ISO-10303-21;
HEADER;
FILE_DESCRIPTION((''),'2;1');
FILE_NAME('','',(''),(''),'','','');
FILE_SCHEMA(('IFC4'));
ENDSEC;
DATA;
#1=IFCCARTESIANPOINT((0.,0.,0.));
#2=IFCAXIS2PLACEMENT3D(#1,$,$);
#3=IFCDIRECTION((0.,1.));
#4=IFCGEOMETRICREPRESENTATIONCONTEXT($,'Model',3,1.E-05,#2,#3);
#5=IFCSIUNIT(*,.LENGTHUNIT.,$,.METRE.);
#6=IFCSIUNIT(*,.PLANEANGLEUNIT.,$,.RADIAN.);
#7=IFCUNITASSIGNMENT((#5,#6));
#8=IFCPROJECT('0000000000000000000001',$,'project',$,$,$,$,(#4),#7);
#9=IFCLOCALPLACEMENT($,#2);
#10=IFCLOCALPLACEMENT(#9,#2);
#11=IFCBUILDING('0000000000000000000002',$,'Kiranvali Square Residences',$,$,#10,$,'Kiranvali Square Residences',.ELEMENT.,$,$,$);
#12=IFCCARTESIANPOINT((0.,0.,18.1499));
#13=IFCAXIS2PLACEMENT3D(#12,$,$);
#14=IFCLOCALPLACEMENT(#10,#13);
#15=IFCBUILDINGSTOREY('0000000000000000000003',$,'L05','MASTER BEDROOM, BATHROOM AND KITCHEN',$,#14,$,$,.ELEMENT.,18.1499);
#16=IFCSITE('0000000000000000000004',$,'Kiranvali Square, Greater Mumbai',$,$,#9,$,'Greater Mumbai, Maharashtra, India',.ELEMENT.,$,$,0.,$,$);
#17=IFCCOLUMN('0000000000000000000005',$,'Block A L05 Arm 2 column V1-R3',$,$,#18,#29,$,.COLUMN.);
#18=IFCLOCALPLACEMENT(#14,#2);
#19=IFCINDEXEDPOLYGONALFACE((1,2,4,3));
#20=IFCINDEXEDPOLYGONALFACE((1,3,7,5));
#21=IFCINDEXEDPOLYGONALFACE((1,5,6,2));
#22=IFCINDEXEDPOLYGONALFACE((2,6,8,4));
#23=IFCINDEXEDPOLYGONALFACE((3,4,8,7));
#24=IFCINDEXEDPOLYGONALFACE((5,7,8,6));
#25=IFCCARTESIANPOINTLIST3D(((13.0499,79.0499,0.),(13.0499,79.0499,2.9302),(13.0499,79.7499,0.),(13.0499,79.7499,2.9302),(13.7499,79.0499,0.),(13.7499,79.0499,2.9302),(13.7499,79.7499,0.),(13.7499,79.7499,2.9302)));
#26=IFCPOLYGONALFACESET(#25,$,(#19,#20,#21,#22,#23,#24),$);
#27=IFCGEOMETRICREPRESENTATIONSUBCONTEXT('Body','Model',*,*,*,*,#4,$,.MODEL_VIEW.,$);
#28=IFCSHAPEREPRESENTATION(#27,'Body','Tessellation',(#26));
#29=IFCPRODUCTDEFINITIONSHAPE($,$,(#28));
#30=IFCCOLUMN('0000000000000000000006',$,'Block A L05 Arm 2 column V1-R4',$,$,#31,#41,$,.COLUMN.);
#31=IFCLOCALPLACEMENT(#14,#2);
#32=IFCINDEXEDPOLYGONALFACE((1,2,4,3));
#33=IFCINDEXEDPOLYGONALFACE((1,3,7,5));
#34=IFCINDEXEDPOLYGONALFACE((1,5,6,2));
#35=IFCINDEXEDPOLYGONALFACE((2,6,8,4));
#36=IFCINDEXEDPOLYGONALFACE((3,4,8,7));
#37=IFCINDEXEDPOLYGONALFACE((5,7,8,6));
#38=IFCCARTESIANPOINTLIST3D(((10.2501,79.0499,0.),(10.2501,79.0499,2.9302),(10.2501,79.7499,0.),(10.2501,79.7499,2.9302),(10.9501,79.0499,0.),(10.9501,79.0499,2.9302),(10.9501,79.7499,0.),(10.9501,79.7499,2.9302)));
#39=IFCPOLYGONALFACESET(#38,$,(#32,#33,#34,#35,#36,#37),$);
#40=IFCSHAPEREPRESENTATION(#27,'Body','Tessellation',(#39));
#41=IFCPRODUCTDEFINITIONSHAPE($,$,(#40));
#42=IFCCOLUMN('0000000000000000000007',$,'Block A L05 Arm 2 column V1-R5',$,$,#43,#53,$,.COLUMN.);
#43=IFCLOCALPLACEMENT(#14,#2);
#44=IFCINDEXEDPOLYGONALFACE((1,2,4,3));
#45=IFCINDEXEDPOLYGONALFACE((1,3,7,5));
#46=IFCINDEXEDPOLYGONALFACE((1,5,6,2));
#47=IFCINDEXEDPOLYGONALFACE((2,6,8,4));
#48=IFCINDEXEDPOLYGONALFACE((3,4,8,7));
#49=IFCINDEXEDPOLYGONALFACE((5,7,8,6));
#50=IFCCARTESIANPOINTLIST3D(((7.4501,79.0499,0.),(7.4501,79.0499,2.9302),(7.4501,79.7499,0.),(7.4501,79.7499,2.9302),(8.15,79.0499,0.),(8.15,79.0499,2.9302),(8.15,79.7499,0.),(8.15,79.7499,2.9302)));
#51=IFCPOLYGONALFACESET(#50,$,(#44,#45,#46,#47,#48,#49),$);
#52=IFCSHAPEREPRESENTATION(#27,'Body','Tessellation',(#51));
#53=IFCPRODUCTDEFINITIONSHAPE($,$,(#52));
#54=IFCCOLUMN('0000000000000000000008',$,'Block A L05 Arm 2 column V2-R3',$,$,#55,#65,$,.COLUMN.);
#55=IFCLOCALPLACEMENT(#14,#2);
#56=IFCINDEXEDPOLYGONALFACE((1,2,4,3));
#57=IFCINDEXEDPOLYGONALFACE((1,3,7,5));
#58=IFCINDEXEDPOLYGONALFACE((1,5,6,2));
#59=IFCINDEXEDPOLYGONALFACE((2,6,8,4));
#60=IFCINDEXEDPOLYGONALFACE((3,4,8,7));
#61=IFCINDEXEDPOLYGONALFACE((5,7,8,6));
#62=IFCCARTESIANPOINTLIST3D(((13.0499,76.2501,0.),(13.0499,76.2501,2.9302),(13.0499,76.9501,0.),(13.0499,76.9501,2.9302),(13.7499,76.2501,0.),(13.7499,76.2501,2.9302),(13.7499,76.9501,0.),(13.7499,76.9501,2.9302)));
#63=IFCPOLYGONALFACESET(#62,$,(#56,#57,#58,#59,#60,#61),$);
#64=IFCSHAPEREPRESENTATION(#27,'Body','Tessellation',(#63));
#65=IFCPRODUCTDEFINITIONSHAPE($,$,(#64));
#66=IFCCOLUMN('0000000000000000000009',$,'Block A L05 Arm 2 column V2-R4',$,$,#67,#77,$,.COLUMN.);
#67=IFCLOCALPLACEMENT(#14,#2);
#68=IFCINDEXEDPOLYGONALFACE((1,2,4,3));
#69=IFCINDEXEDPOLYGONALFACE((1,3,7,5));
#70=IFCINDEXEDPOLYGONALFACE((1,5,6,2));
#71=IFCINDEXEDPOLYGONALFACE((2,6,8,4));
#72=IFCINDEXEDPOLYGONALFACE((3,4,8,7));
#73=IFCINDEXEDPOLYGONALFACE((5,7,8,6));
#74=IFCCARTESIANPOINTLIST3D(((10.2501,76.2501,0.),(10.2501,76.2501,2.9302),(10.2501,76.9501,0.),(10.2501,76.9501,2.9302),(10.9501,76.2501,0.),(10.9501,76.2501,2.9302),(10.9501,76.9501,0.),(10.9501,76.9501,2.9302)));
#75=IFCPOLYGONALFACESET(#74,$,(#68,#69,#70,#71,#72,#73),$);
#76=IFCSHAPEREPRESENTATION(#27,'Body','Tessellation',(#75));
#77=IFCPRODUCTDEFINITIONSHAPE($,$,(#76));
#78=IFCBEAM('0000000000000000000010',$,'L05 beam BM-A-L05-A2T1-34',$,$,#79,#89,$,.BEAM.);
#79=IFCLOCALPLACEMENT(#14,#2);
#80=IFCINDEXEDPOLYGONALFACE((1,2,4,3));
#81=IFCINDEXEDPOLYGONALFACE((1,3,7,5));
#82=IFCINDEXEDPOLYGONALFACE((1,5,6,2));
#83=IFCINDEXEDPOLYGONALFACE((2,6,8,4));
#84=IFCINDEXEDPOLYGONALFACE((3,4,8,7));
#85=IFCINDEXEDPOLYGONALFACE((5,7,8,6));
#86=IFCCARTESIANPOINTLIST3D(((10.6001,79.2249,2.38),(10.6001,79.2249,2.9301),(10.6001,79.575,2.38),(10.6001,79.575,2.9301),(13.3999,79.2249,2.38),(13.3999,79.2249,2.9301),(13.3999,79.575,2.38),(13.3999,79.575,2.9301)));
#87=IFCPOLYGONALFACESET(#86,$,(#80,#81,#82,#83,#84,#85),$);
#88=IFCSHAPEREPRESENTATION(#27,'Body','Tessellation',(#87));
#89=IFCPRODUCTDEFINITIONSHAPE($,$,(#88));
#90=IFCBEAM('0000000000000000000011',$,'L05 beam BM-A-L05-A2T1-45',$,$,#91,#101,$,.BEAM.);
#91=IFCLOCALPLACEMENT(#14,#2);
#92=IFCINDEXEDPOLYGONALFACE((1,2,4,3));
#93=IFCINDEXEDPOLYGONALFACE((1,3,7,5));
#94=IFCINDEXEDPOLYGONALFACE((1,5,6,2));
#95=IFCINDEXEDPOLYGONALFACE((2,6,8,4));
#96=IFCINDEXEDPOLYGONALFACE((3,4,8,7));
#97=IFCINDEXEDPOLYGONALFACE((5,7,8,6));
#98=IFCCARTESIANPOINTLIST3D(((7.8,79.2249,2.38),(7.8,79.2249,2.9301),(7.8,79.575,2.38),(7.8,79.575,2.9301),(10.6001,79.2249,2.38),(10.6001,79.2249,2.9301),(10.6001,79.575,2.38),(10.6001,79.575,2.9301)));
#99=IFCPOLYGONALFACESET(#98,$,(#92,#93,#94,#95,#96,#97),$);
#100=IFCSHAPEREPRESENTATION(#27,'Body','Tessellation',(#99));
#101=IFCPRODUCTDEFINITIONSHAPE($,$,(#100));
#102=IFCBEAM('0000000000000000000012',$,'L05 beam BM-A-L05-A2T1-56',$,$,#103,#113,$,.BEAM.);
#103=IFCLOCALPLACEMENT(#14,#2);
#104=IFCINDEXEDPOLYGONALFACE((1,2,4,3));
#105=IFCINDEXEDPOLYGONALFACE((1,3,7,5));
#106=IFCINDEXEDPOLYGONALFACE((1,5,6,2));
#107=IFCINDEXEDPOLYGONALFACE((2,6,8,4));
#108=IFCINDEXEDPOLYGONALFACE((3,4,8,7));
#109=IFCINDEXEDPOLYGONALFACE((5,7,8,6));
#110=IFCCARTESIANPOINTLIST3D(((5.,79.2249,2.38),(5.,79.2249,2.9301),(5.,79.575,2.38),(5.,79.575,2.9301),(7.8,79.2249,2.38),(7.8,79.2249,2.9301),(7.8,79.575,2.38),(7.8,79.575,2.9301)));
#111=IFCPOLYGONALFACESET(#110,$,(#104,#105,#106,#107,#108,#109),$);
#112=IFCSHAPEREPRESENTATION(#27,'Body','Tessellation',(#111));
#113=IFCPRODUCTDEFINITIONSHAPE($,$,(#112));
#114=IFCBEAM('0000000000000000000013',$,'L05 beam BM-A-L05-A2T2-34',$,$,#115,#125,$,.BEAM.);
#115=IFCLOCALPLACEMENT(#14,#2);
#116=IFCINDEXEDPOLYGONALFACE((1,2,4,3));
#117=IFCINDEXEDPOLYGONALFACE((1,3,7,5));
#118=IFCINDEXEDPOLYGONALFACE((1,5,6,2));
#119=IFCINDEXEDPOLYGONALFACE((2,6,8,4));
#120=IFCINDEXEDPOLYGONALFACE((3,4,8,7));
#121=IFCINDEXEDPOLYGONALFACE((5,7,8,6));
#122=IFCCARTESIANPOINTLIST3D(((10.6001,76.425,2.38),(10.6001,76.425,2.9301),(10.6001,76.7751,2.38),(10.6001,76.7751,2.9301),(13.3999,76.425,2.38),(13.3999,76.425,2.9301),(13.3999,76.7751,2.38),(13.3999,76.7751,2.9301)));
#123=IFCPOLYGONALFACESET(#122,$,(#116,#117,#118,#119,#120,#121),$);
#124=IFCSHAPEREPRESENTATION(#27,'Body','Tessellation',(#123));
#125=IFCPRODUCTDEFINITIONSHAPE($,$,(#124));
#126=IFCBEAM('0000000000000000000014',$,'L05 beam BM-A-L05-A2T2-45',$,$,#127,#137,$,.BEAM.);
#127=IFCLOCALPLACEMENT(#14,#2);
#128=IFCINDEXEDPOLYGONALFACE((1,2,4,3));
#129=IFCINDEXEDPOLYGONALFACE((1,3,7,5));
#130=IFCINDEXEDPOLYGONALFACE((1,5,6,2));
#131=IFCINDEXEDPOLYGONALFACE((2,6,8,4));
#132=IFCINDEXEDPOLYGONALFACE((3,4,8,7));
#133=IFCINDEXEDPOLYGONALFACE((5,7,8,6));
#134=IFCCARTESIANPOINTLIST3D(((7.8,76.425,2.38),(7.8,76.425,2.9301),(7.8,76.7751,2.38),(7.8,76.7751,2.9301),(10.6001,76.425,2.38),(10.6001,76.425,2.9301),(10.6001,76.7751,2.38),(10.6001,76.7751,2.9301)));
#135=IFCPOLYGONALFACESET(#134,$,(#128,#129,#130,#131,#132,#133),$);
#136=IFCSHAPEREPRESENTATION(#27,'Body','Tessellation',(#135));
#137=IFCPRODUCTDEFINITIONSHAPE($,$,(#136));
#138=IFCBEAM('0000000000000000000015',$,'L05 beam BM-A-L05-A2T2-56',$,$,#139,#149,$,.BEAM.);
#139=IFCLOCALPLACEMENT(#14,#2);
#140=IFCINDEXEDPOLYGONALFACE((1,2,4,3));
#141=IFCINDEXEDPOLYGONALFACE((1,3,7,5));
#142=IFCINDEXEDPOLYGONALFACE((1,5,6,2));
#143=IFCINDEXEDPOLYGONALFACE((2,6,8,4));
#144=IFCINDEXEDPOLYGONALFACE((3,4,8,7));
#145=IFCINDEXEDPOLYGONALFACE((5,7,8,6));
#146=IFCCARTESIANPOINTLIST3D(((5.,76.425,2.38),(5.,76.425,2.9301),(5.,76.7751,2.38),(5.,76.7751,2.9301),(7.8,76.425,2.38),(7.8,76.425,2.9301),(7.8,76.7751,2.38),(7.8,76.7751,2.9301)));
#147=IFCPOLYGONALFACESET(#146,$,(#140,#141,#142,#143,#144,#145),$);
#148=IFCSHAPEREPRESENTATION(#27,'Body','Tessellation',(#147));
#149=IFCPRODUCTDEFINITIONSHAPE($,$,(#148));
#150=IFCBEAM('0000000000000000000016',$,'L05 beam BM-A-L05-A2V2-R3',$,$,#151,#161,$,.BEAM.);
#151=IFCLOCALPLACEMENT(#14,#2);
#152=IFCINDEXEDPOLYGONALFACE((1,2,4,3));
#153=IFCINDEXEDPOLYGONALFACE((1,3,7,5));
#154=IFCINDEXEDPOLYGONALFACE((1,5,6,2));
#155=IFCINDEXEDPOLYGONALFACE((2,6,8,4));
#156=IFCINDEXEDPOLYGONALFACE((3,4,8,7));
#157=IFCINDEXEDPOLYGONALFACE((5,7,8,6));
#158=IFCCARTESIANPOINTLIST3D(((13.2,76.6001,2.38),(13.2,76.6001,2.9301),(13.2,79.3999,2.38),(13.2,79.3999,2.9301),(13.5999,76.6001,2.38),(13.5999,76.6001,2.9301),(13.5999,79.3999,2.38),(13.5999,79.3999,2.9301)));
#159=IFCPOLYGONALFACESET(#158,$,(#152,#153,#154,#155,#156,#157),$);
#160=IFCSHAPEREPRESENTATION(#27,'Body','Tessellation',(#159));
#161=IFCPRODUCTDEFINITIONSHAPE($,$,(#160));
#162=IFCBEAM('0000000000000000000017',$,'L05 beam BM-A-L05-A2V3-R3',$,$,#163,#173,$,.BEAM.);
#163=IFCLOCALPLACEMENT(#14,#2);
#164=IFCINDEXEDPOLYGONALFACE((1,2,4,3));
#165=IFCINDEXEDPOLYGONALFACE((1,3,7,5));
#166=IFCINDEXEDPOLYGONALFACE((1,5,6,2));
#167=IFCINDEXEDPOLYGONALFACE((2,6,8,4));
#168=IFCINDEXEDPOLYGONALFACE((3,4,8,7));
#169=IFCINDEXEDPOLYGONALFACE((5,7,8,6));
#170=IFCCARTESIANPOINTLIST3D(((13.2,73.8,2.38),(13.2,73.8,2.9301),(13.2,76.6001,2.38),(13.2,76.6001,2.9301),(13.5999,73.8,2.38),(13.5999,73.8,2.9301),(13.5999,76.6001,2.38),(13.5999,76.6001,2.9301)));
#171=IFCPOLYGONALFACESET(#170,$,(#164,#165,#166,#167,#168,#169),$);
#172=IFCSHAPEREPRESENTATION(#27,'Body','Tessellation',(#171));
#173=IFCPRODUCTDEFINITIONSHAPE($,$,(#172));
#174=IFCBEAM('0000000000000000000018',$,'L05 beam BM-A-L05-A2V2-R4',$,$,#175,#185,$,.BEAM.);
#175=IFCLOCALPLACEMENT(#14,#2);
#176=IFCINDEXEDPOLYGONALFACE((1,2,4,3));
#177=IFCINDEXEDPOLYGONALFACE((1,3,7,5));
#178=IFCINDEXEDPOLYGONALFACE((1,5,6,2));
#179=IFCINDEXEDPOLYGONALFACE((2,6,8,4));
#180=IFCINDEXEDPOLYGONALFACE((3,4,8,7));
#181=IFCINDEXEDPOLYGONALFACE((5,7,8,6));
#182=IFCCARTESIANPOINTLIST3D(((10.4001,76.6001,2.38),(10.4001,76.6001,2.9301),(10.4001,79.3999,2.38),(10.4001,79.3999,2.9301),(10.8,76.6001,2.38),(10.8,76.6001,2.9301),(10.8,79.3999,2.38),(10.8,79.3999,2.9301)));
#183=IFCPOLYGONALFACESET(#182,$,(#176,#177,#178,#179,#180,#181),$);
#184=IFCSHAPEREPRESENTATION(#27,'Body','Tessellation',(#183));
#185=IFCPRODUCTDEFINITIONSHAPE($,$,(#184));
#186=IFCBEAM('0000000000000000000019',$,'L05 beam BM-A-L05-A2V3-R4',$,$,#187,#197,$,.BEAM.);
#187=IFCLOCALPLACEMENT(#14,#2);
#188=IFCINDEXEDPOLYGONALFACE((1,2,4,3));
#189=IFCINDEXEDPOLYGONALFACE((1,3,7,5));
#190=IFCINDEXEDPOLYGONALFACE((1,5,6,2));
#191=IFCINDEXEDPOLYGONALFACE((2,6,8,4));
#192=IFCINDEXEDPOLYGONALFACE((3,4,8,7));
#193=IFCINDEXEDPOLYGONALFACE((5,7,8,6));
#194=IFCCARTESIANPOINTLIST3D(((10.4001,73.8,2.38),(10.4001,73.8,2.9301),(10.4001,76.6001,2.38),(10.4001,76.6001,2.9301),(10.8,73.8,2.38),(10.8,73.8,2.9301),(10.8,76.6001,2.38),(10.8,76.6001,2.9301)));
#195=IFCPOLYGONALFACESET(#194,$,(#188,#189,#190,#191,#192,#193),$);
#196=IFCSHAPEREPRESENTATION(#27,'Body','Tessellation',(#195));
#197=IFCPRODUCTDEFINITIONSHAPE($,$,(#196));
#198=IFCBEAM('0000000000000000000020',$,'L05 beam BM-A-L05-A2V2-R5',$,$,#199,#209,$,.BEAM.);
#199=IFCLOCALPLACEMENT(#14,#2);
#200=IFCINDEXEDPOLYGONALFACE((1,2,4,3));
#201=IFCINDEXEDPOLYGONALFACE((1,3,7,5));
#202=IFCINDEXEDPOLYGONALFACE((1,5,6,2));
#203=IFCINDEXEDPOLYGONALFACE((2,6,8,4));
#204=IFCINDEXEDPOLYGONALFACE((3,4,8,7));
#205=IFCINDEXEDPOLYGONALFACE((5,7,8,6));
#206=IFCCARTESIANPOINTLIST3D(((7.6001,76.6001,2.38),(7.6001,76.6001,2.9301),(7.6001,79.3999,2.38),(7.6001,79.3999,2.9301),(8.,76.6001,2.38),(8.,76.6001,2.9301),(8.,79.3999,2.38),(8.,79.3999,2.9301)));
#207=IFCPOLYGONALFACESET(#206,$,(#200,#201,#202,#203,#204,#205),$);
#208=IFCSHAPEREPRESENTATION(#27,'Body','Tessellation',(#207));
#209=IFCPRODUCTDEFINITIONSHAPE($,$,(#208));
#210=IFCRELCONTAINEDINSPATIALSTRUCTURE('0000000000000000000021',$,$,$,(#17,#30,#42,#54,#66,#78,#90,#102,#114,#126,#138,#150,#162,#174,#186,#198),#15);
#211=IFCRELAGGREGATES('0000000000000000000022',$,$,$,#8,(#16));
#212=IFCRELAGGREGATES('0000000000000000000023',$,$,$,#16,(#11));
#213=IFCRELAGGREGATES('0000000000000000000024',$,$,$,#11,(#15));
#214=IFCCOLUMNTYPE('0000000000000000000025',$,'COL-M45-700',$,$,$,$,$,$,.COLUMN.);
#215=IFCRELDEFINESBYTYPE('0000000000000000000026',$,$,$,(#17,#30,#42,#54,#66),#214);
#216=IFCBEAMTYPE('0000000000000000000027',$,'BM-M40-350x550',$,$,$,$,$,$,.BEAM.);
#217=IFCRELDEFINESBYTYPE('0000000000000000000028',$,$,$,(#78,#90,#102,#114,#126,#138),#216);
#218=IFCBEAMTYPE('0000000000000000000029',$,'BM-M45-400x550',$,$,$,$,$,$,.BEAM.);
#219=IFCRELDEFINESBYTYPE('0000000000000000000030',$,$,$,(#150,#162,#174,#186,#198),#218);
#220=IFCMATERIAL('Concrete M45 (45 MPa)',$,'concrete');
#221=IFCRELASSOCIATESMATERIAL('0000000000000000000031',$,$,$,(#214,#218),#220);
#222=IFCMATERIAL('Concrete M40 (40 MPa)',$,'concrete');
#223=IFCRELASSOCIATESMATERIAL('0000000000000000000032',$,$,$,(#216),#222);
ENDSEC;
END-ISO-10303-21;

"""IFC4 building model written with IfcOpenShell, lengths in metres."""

from ifc_helpers import new_model, si_unit, direction, frame, origin, origin_2d, place, context, subcontext, project, spatial, rectangle, extrude, material, material_profile, profile_set, type_object, element, save


model = new_model("IFC4")

# Units and contexts
model_context = context("Model", 3, precision=1e-05, world=origin(), true_north=direction((0.0, 1.0)))
body_context = subcontext(model_context, "Body", "Model", "MODEL_VIEW")
ifc_project = project(units=[si_unit("LENGTHUNIT", "METRE"), si_unit("PLANEANGLEUNIT", "RADIAN")], contexts=[model_context])

# Site, building, storey
site_placement = place(None, origin())
site = spatial("IfcSite", under=ifc_project, at=site_placement, Name="Kiranvali Square, Greater Mumbai", LongName="Greater Mumbai, Maharashtra, India", CompositionType="ELEMENT", RefElevation=0.0)
building_placement = place(site_placement, origin())
building = spatial("IfcBuilding", under=site, at=building_placement, Name="Kiranvali Square Residences", LongName="Kiranvali Square Residences", CompositionType="ELEMENT")
storey_placement = place(building_placement, frame((0.0, 0.0, 18.1499)))
storey = spatial("IfcBuildingStorey", under=building, at=storey_placement, Name="L05", Description="MASTER BEDROOM, BATHROOM AND KITCHEN", CompositionType="ELEMENT", Elevation=18.1499)

# Columns
ifc_material_1 = material(Name="Concrete M45 (45 MPa)", Category="concrete")
ifc_material_profile_1 = material_profile(ifc_material_1, rectangle(XDim=0.7, YDim=0.7, at=origin_2d()), Name="RC 700x700")
ifc_profile_set_1 = profile_set([ifc_material_profile_1], Name="Concrete M45 (45 MPa)")
column_type = type_object("IfcColumnType", Name="COL-M45-700", PredefinedType="COLUMN", material=ifc_profile_set_1)
for number, where, z_axis, x_axis, name in (
    (1, (13.3999, 79.3999, 0.0), (0.0, 0.0, 1.0), (1.0, 0.0, 0.0), "Block A L05 Arm 2 column V1-R3"),
    (2, (10.6001, 79.3999, 0.0), (0.0, 0.0, 1.0), (1.0, 0.0, 0.0), "Block A L05 Arm 2 column V1-R4"),
    (3, (7.8, 79.3999, 0.0), (0.0, 0.0, 1.0), (1.0, 0.0, 0.0), "Block A L05 Arm 2 column V1-R5"),
    (4, (13.3999, 76.6001, 0.0), (0.0, 0.0, 1.0), (1.0, 0.0, 0.0), "Block A L05 Arm 2 column V2-R3"),
    (5, (10.6001, 76.6001, 0.0), (0.0, 0.0, 1.0), (1.0, 0.0, 0.0), "Block A L05 Arm 2 column V2-R4"),
):
    element("IfcColumn", number, at=place(storey_placement, frame(where, z_axis=z_axis, x_axis=x_axis)), inside=storey, type_object=column_type, Name=name, PredefinedType="COLUMN", context=body_context, shape_type="SweptSolid", body=[
        extrude(rectangle(XDim=0.7, YDim=0.7, at=origin_2d()), origin(), (0.0, 0.0, 1.0), 2.9302),
    ])

# Beams
ifc_material_2 = material(Name="Concrete M40 (40 MPa)", Category="concrete")
ifc_material_profile_2 = material_profile(ifc_material_2, rectangle(XDim=0.3501, YDim=0.55, at=origin_2d()), Name="RC 350x550")
ifc_profile_set_2 = profile_set([ifc_material_profile_2], Name="Concrete M40 (40 MPa)")
beam_type_1 = type_object("IfcBeamType", Name="BM-M40-350x550", PredefinedType="BEAM", material=ifc_profile_set_2)
beam_1_placement = place(storey_placement, frame((13.3999, 79.3999, 2.655), z_axis=(-1.0, 0.0, 0.0), x_axis=(0.0, -1.0, 0.0)))
element("IfcBeam", 6, at=beam_1_placement, inside=storey, type_object=beam_type_1, Name="L05 beam BM-A-L05-A2T1-34", PredefinedType="BEAM", context=body_context, shape_type="SweptSolid", body=[
    extrude(rectangle(XDim=0.3501, YDim=0.55, at=origin_2d()), origin(), (0.0, 0.0, 1.0), 2.7998),
])
for number, where, z_axis, x_axis, name in (
    (7, (10.6001, 79.3999, 2.655), (-1.0, 0.0, 0.0), (0.0, -1.0, 0.0), "L05 beam BM-A-L05-A2T1-45"),
    (8, (7.8, 79.3999, 2.655), (-1.0, 0.0, 0.0), (0.0, -1.0, 0.0), "L05 beam BM-A-L05-A2T1-56"),
):
    element("IfcBeam", number, at=place(storey_placement, frame(where, z_axis=z_axis, x_axis=x_axis)), inside=storey, type_object=beam_type_1, Name=name, PredefinedType="BEAM", context=body_context, shape_type="SweptSolid", body=[
        extrude(rectangle(XDim=0.3501, YDim=0.55, at=origin_2d()), origin(), (0.0, 0.0, 1.0), 2.8),
    ])
beam_2_placement = place(storey_placement, frame((13.3999, 76.6001, 2.655), z_axis=(-1.0, 0.0, 0.0), x_axis=(0.0, -1.0, 0.0)))
element("IfcBeam", 9, at=beam_2_placement, inside=storey, type_object=beam_type_1, Name="L05 beam BM-A-L05-A2T2-34", PredefinedType="BEAM", context=body_context, shape_type="SweptSolid", body=[
    extrude(rectangle(XDim=0.3501, YDim=0.55, at=origin_2d()), origin(), (0.0, 0.0, 1.0), 2.7998),
])
for number, where, z_axis, x_axis, name in (
    (10, (10.6001, 76.6001, 2.655), (-1.0, 0.0, 0.0), (0.0, -1.0, 0.0), "L05 beam BM-A-L05-A2T2-45"),
    (11, (7.8, 76.6001, 2.655), (-1.0, 0.0, 0.0), (0.0, -1.0, 0.0), "L05 beam BM-A-L05-A2T2-56"),
):
    element("IfcBeam", number, at=place(storey_placement, frame(where, z_axis=z_axis, x_axis=x_axis)), inside=storey, type_object=beam_type_1, Name=name, PredefinedType="BEAM", context=body_context, shape_type="SweptSolid", body=[
        extrude(rectangle(XDim=0.3501, YDim=0.55, at=origin_2d()), origin(), (0.0, 0.0, 1.0), 2.8),
    ])
ifc_material_profile_3 = material_profile(ifc_material_1, rectangle(XDim=0.3999, YDim=0.55, at=origin_2d()), Name="RC 400x550")
ifc_profile_set_3 = profile_set([ifc_material_profile_3], Name="Concrete M45 (45 MPa)")
beam_type_2 = type_object("IfcBeamType", Name="BM-M45-400x550", PredefinedType="BEAM", material=ifc_profile_set_3)
beam_3_placement = place(storey_placement, frame((13.3999, 79.3999, 2.655), z_axis=(0.0, -1.0, 0.0), x_axis=(1.0, 0.0, 0.0)))
element("IfcBeam", 12, at=beam_3_placement, inside=storey, type_object=beam_type_2, Name="L05 beam BM-A-L05-A2V2-R3", PredefinedType="BEAM", context=body_context, shape_type="SweptSolid", body=[
    extrude(rectangle(XDim=0.3999, YDim=0.55, at=origin_2d()), origin(), (0.0, 0.0, 1.0), 2.7998),
])
beam_4_placement = place(storey_placement, frame((13.3999, 76.6001, 2.655), z_axis=(0.0, -1.0, 0.0), x_axis=(1.0, 0.0, 0.0)))
element("IfcBeam", 13, at=beam_4_placement, inside=storey, type_object=beam_type_2, Name="L05 beam BM-A-L05-A2V3-R3", PredefinedType="BEAM", context=body_context, shape_type="SweptSolid", body=[
    extrude(rectangle(XDim=0.3999, YDim=0.55, at=origin_2d()), origin(), (0.0, 0.0, 1.0), 2.8),
])
beam_5_placement = place(storey_placement, frame((10.6001, 79.3999, 2.655), z_axis=(0.0, -1.0, 0.0), x_axis=(1.0, 0.0, 0.0)))
element("IfcBeam", 14, at=beam_5_placement, inside=storey, type_object=beam_type_2, Name="L05 beam BM-A-L05-A2V2-R4", PredefinedType="BEAM", context=body_context, shape_type="SweptSolid", body=[
    extrude(rectangle(XDim=0.3999, YDim=0.55, at=origin_2d()), origin(), (0.0, 0.0, 1.0), 2.7998),
])
beam_6_placement = place(storey_placement, frame((10.6001, 76.6001, 2.655), z_axis=(0.0, -1.0, 0.0), x_axis=(1.0, 0.0, 0.0)))
element("IfcBeam", 15, at=beam_6_placement, inside=storey, type_object=beam_type_2, Name="L05 beam BM-A-L05-A2V3-R4", PredefinedType="BEAM", context=body_context, shape_type="SweptSolid", body=[
    extrude(rectangle(XDim=0.3999, YDim=0.55, at=origin_2d()), origin(), (0.0, 0.0, 1.0), 2.8),
])
beam_7_placement = place(storey_placement, frame((7.8, 79.3999, 2.655), z_axis=(0.0, -1.0, 0.0), x_axis=(1.0, 0.0, 0.0)))
element("IfcBeam", 16, at=beam_7_placement, inside=storey, type_object=beam_type_2, Name="L05 beam BM-A-L05-A2V2-R5", PredefinedType="BEAM", context=body_context, shape_type="SweptSolid", body=[
    extrude(rectangle(XDim=0.3999, YDim=0.55, at=origin_2d()), origin(), (0.0, 0.0, 1.0), 2.7998),
])

save(model, "model.ifc")
